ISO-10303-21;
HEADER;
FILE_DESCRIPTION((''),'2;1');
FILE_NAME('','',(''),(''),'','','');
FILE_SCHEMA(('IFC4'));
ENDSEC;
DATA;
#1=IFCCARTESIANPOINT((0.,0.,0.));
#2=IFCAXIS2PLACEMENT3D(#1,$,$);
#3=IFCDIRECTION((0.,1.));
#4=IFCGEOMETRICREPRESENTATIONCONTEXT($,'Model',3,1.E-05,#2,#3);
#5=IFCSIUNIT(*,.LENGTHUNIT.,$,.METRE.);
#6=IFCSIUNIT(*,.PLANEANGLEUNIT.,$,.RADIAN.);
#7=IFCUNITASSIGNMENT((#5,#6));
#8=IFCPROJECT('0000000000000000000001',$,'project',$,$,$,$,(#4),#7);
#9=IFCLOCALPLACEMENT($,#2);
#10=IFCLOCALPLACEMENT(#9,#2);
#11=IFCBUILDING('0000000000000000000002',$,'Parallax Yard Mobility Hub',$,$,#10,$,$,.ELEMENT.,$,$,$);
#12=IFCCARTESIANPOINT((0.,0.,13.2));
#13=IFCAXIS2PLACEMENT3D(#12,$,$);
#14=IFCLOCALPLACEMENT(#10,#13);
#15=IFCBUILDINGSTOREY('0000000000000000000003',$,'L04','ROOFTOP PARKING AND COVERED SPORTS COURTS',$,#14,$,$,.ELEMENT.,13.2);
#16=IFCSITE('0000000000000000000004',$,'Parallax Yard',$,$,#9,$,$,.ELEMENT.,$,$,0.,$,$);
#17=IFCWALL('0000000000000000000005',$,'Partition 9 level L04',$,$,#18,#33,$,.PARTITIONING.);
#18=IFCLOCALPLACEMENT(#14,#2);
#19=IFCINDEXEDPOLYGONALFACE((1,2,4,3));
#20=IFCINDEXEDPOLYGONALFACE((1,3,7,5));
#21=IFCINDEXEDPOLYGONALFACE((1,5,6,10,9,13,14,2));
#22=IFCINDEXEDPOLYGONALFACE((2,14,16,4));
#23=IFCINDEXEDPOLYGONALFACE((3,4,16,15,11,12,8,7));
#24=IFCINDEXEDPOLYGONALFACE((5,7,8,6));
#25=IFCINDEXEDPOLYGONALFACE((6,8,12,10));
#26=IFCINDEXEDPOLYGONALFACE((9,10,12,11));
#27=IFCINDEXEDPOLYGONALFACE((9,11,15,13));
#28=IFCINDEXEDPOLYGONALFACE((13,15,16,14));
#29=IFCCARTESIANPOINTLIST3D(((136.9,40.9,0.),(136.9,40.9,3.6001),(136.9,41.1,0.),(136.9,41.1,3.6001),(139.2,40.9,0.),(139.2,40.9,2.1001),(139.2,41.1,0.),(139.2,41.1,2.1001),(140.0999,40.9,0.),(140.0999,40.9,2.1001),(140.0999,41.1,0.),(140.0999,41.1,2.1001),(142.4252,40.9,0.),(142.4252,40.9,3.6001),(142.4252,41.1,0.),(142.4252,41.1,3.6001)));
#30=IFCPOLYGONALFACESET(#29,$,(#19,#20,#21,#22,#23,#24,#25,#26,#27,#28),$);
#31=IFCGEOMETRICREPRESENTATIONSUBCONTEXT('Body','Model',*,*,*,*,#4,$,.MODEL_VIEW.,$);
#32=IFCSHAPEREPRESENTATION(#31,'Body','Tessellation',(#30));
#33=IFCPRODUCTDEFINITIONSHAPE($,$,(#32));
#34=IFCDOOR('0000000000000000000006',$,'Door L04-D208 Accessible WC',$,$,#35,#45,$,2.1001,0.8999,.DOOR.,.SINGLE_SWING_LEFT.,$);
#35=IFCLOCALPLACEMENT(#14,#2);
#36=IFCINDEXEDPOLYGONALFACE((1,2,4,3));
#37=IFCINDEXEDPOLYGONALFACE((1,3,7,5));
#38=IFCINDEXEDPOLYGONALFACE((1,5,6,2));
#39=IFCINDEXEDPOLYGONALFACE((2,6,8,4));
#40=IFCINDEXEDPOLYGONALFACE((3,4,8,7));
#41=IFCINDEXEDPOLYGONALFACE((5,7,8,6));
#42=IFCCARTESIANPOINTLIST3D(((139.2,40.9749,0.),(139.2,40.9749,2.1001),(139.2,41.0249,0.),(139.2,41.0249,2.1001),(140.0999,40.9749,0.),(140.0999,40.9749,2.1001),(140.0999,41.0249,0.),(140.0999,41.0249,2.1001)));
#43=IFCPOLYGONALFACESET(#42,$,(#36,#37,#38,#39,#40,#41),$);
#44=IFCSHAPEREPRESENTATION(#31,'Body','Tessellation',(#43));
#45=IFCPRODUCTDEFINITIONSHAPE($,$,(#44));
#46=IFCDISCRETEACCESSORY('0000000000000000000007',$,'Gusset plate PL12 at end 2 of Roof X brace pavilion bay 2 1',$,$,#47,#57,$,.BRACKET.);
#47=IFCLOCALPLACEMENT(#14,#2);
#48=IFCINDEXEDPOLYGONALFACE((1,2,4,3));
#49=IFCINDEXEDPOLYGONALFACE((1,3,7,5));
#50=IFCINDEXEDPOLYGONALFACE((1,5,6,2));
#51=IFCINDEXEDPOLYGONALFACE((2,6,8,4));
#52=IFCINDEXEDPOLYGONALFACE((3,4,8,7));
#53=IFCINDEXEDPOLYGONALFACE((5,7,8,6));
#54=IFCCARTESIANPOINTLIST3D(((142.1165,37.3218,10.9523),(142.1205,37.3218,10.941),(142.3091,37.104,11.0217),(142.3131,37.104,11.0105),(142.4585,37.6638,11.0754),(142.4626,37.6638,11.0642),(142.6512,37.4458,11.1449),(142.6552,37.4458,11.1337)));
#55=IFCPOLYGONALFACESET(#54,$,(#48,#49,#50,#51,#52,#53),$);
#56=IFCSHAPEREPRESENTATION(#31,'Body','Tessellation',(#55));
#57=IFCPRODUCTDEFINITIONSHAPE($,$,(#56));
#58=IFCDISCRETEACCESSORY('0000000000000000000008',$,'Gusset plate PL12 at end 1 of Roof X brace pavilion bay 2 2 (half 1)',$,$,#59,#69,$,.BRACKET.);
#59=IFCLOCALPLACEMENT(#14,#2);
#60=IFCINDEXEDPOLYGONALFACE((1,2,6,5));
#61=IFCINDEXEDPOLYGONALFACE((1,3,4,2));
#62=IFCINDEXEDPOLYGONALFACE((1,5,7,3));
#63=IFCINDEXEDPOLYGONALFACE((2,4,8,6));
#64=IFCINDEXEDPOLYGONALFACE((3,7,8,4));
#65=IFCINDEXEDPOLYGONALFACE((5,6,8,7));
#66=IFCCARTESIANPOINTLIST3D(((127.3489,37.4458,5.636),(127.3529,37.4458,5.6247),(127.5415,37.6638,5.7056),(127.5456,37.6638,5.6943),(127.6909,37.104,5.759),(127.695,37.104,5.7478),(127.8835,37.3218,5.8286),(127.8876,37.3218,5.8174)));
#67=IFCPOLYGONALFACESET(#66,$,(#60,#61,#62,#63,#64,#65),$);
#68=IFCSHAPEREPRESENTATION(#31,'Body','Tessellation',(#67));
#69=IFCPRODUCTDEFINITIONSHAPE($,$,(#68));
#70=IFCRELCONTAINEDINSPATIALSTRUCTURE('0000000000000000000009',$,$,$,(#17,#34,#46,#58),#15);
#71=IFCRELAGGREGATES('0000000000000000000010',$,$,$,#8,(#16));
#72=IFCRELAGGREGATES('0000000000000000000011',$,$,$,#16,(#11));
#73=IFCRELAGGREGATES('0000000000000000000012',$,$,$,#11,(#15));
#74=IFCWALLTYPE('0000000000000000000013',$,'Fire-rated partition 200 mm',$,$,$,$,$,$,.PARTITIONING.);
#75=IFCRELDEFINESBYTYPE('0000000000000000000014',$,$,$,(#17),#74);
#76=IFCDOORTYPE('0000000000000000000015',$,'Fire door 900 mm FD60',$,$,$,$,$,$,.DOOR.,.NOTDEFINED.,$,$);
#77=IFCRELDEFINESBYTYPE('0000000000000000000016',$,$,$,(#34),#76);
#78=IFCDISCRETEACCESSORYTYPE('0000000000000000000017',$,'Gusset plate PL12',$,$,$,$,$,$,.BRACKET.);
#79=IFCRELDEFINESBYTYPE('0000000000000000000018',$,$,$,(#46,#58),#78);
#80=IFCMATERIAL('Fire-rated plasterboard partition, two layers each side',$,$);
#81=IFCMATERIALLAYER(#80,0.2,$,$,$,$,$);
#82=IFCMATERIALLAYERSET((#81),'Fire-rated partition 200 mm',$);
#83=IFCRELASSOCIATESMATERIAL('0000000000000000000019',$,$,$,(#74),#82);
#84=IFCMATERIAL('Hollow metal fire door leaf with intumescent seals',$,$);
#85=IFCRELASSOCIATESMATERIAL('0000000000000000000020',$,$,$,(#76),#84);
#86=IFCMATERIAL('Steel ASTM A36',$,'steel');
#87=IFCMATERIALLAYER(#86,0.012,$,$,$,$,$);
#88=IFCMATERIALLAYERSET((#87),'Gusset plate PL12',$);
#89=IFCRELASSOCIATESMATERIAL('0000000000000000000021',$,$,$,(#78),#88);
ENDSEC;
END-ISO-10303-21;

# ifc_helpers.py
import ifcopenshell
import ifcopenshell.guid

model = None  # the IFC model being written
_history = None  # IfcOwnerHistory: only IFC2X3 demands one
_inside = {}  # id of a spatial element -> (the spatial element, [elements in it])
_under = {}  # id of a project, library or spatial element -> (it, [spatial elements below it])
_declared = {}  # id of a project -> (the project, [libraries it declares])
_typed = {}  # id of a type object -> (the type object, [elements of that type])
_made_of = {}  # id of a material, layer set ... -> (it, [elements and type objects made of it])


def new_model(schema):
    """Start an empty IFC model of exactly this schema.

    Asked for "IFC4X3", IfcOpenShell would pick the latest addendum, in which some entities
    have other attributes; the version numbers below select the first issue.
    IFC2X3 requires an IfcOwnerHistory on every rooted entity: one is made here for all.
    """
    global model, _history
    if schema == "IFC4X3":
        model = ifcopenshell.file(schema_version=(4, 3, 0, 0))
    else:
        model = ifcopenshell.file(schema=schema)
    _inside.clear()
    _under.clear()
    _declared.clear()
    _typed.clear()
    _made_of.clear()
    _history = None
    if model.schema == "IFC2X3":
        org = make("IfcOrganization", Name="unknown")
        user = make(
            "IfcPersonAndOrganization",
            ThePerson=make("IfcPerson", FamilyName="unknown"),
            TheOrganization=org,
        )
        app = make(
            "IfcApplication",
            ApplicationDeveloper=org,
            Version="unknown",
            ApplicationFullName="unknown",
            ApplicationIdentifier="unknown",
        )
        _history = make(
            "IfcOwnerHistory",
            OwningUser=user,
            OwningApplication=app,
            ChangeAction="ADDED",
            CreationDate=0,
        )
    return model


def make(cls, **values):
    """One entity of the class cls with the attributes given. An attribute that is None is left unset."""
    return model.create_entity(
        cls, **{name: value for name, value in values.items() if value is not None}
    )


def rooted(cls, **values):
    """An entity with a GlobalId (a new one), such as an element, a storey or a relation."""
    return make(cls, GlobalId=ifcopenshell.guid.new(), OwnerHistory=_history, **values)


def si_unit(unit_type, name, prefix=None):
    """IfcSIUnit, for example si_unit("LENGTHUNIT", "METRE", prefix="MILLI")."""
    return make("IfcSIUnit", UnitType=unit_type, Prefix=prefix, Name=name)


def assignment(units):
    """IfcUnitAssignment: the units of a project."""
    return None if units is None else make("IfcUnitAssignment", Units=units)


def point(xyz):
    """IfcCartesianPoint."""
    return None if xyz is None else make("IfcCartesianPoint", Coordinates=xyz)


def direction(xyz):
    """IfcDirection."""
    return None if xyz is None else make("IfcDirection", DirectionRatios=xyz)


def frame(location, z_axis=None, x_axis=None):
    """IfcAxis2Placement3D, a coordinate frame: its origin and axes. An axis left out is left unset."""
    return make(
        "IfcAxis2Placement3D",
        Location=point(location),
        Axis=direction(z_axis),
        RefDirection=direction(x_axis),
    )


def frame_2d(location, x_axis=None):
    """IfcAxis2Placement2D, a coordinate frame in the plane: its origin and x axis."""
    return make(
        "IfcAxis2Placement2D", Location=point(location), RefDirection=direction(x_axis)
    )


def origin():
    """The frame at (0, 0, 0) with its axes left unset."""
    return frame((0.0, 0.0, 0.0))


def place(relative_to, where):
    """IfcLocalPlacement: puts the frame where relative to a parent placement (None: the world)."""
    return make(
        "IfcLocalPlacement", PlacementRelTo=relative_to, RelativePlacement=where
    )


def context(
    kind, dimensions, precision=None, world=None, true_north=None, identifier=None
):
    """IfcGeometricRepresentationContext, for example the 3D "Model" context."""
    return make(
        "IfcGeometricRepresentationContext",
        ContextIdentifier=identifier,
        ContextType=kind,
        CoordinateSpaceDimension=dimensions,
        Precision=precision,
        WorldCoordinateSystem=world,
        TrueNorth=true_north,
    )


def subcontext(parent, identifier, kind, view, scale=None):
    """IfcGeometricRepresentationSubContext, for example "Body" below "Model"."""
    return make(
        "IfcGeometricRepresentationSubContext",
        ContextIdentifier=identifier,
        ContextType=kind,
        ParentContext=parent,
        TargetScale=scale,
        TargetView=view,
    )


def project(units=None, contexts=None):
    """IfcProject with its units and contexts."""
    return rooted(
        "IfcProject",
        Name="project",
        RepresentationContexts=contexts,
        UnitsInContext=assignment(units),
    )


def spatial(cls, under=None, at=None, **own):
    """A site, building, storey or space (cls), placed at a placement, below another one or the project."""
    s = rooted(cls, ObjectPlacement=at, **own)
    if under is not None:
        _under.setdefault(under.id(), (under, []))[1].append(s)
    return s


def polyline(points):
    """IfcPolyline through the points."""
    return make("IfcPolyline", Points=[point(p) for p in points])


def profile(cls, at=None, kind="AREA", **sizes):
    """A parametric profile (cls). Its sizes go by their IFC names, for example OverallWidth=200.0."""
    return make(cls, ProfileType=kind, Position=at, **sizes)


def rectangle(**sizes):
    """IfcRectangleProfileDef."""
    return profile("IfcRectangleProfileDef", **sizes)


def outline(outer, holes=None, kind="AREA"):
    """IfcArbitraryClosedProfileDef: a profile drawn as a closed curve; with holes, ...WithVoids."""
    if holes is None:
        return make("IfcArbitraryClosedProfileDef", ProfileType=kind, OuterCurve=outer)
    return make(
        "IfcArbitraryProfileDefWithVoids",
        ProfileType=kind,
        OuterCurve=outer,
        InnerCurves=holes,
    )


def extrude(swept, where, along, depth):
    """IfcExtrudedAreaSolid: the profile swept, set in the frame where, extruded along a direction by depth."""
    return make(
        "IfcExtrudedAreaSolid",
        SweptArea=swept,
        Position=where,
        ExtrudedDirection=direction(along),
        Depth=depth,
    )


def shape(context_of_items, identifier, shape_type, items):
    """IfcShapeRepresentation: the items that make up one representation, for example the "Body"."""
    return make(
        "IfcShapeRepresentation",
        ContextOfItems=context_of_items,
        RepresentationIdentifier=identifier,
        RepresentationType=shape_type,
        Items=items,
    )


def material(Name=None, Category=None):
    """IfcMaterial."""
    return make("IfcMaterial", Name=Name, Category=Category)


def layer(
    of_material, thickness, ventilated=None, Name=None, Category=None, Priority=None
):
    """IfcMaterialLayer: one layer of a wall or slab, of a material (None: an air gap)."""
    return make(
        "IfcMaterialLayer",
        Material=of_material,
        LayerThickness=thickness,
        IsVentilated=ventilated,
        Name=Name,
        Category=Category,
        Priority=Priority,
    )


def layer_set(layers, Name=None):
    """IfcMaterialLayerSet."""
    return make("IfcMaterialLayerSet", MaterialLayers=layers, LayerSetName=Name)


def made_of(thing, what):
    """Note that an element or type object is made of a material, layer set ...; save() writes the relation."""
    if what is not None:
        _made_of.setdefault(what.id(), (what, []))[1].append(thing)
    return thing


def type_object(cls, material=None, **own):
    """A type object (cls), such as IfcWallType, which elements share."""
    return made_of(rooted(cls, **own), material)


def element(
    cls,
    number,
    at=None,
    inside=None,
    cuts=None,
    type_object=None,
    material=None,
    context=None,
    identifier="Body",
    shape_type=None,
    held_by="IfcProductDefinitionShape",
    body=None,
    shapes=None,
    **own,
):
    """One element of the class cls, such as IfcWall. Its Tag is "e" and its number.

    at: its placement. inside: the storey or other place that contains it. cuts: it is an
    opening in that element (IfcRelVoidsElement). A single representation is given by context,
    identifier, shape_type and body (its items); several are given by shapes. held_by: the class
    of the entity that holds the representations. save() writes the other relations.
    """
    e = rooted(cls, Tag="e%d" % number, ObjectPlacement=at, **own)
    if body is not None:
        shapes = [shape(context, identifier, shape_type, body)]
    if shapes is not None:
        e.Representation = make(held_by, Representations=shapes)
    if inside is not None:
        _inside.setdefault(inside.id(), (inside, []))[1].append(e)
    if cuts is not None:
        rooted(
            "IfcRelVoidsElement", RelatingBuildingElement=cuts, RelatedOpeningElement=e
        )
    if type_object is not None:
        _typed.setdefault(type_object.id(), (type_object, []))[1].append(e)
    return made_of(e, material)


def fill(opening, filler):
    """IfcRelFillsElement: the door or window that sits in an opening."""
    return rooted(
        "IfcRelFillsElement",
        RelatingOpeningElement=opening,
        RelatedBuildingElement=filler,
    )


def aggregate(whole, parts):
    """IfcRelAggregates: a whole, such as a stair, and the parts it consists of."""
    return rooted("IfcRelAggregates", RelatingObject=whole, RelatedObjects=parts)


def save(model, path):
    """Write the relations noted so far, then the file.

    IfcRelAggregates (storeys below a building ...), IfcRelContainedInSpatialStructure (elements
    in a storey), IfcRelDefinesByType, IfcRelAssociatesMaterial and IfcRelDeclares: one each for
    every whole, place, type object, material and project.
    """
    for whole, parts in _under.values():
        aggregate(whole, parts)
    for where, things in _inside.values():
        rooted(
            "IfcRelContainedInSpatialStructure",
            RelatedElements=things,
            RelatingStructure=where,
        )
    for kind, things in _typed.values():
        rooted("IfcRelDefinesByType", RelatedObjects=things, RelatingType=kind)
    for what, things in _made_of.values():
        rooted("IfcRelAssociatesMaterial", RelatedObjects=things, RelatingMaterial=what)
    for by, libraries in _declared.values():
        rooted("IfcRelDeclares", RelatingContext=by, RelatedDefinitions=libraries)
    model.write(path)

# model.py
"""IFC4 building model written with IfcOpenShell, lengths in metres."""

from ifc_helpers import new_model, si_unit, direction, frame, frame_2d, origin, place, context, subcontext, project, spatial, polyline, rectangle, outline, extrude, material, layer, layer_set, type_object, element, fill, save


model = new_model("IFC4")

# Units and contexts
model_context = context("Model", 3, precision=1e-05, world=origin(), true_north=direction((0.0, 1.0)))
body_context = subcontext(model_context, "Body", "Model", "MODEL_VIEW")
ifc_project = project(units=[si_unit("LENGTHUNIT", "METRE"), si_unit("PLANEANGLEUNIT", "RADIAN")], contexts=[model_context])

# Site, building, storey
site_placement = place(None, origin())
site = spatial("IfcSite", under=ifc_project, at=site_placement, Name="Parallax Yard", CompositionType="ELEMENT", RefElevation=0.0)
building_placement = place(site_placement, origin())
building = spatial("IfcBuilding", under=site, at=building_placement, Name="Parallax Yard Mobility Hub", CompositionType="ELEMENT")
storey_placement = place(building_placement, frame((0.0, 0.0, 13.2)))
storey = spatial("IfcBuildingStorey", under=building, at=storey_placement, Name="L04", Description="ROOFTOP PARKING AND COVERED SPORTS COURTS", CompositionType="ELEMENT", Elevation=13.2)

# Shared definitions
ifc_material_1 = material(Name="Fire-rated plasterboard partition, two layers each side")
ifc_layer_1 = layer(ifc_material_1, 0.2)
ifc_layer_set_1 = layer_set([ifc_layer_1], Name="Fire-rated partition 200 mm")
wall_type = type_object("IfcWallType", Name="Fire-rated partition 200 mm", PredefinedType="PARTITIONING", material=ifc_layer_set_1)

# Wall, opening, door
wall_1_placement = place(storey_placement, frame((136.8999, 41.0, 0.0), z_axis=(0.0, 0.0, 1.0), x_axis=(1.0, 0.0, 0.0)))
wall_1 = element("IfcWall", 1, at=wall_1_placement, inside=storey, type_object=wall_type, Name="Partition 9 level L04", PredefinedType="PARTITIONING", context=body_context, shape_type="SweptSolid", body=[
    extrude(rectangle(XDim=5.5251, YDim=0.2, at=frame_2d((2.7627, 0.0))), origin(), (0.0, 0.0, 1.0), 3.6001),
])
opening_placement = place(wall_1_placement, frame((2.3, 0.0, 0.0)))
opening = element("IfcOpeningElement", 2, at=opening_placement, cuts=wall_1, PredefinedType="OPENING", context=body_context, shape_type="SweptSolid", body=[
    extrude(rectangle(XDim=0.8999, YDim=2.1001, at=frame_2d((0.45, 1.05))), frame((0.0, 0.1099, 0.0), z_axis=(0.0, -1.0, 0.0), x_axis=(1.0, 0.0, 0.0)), (0.0, 0.0, 1.0), 0.22),
])
ifc_material_2 = material(Name="Hollow metal fire door leaf with intumescent seals")
door_type = type_object("IfcDoorType", Name="Fire door 900 mm FD60", OperationType="NOTDEFINED", PredefinedType="DOOR", material=ifc_material_2)
door_placement = place(opening_placement, origin())
door = element("IfcDoor", 3, at=door_placement, inside=storey, type_object=door_type, Name="Door L04-D208 Accessible WC", OperationType="SINGLE_SWING_LEFT", OverallHeight=2.1001, OverallWidth=0.8999, PredefinedType="DOOR", context=body_context, shape_type="SweptSolid", body=[
    extrude(rectangle(XDim=0.8999, YDim=2.1001, at=frame_2d((0.45, 1.05))), frame((0.0, 0.0249, 0.0), z_axis=(0.0, -1.0, 0.0), x_axis=(1.0, 0.0, 0.0)), (0.0, 0.0, 1.0), 0.05),
])
fill(opening, door)

# Discrete accessories
ifc_material_3 = material(Name="Steel ASTM A36", Category="steel")
ifc_layer_2 = layer(ifc_material_3, 0.012)
ifc_layer_set_2 = layer_set([ifc_layer_2], Name="Gusset plate PL12")
discrete_accessory_type = type_object("IfcDiscreteAccessoryType", Name="Gusset plate PL12", PredefinedType="BRACKET", material=ifc_layer_set_2)
discrete_accessory_1_placement = place(storey_placement, frame((142.3091, 37.104, 11.0217), z_axis=(-0.338991, 0.000213, 0.940789), x_axis=(0.685508, 0.68494, 0.246851)))
element("IfcDiscreteAccessory", 4, at=discrete_accessory_1_placement, inside=storey, type_object=discrete_accessory_type, Name="Gusset plate PL12 at end 2 of Roof X brace pavilion bay 2 1", PredefinedType="BRACKET", context=body_context, shape_type="SweptSolid", body=[
    extrude(outline(polyline([(0.0, 0.0), (0.499, 0.0), (0.4991, 0.2991), (0.0, 0.2989), (0.0, 0.0)])), origin(), (0.0, 0.0, -1.0), 0.012),
])
discrete_accessory_2_placement = place(storey_placement, frame((127.8835, 37.3218, 5.8286), z_axis=(-0.339081, -0.000651, 0.940757), x_axis=(-0.685283, 0.685283, -0.246526)))
element("IfcDiscreteAccessory", 5, at=discrete_accessory_2_placement, inside=storey, type_object=discrete_accessory_type, Name="Gusset plate PL12 at end 1 of Roof X brace pavilion bay 2 2 (half 1)", PredefinedType="BRACKET", context=body_context, shape_type="SweptSolid", body=[
    extrude(outline(polyline([(0.0, 0.0), (0.4991, 0.0), (0.4989, 0.2991), (-0.0001, 0.299), (0.0, 0.0)])), origin(), (0.0, 0.0, -1.0), 0.012),
])

save(model, "model.ifc")
